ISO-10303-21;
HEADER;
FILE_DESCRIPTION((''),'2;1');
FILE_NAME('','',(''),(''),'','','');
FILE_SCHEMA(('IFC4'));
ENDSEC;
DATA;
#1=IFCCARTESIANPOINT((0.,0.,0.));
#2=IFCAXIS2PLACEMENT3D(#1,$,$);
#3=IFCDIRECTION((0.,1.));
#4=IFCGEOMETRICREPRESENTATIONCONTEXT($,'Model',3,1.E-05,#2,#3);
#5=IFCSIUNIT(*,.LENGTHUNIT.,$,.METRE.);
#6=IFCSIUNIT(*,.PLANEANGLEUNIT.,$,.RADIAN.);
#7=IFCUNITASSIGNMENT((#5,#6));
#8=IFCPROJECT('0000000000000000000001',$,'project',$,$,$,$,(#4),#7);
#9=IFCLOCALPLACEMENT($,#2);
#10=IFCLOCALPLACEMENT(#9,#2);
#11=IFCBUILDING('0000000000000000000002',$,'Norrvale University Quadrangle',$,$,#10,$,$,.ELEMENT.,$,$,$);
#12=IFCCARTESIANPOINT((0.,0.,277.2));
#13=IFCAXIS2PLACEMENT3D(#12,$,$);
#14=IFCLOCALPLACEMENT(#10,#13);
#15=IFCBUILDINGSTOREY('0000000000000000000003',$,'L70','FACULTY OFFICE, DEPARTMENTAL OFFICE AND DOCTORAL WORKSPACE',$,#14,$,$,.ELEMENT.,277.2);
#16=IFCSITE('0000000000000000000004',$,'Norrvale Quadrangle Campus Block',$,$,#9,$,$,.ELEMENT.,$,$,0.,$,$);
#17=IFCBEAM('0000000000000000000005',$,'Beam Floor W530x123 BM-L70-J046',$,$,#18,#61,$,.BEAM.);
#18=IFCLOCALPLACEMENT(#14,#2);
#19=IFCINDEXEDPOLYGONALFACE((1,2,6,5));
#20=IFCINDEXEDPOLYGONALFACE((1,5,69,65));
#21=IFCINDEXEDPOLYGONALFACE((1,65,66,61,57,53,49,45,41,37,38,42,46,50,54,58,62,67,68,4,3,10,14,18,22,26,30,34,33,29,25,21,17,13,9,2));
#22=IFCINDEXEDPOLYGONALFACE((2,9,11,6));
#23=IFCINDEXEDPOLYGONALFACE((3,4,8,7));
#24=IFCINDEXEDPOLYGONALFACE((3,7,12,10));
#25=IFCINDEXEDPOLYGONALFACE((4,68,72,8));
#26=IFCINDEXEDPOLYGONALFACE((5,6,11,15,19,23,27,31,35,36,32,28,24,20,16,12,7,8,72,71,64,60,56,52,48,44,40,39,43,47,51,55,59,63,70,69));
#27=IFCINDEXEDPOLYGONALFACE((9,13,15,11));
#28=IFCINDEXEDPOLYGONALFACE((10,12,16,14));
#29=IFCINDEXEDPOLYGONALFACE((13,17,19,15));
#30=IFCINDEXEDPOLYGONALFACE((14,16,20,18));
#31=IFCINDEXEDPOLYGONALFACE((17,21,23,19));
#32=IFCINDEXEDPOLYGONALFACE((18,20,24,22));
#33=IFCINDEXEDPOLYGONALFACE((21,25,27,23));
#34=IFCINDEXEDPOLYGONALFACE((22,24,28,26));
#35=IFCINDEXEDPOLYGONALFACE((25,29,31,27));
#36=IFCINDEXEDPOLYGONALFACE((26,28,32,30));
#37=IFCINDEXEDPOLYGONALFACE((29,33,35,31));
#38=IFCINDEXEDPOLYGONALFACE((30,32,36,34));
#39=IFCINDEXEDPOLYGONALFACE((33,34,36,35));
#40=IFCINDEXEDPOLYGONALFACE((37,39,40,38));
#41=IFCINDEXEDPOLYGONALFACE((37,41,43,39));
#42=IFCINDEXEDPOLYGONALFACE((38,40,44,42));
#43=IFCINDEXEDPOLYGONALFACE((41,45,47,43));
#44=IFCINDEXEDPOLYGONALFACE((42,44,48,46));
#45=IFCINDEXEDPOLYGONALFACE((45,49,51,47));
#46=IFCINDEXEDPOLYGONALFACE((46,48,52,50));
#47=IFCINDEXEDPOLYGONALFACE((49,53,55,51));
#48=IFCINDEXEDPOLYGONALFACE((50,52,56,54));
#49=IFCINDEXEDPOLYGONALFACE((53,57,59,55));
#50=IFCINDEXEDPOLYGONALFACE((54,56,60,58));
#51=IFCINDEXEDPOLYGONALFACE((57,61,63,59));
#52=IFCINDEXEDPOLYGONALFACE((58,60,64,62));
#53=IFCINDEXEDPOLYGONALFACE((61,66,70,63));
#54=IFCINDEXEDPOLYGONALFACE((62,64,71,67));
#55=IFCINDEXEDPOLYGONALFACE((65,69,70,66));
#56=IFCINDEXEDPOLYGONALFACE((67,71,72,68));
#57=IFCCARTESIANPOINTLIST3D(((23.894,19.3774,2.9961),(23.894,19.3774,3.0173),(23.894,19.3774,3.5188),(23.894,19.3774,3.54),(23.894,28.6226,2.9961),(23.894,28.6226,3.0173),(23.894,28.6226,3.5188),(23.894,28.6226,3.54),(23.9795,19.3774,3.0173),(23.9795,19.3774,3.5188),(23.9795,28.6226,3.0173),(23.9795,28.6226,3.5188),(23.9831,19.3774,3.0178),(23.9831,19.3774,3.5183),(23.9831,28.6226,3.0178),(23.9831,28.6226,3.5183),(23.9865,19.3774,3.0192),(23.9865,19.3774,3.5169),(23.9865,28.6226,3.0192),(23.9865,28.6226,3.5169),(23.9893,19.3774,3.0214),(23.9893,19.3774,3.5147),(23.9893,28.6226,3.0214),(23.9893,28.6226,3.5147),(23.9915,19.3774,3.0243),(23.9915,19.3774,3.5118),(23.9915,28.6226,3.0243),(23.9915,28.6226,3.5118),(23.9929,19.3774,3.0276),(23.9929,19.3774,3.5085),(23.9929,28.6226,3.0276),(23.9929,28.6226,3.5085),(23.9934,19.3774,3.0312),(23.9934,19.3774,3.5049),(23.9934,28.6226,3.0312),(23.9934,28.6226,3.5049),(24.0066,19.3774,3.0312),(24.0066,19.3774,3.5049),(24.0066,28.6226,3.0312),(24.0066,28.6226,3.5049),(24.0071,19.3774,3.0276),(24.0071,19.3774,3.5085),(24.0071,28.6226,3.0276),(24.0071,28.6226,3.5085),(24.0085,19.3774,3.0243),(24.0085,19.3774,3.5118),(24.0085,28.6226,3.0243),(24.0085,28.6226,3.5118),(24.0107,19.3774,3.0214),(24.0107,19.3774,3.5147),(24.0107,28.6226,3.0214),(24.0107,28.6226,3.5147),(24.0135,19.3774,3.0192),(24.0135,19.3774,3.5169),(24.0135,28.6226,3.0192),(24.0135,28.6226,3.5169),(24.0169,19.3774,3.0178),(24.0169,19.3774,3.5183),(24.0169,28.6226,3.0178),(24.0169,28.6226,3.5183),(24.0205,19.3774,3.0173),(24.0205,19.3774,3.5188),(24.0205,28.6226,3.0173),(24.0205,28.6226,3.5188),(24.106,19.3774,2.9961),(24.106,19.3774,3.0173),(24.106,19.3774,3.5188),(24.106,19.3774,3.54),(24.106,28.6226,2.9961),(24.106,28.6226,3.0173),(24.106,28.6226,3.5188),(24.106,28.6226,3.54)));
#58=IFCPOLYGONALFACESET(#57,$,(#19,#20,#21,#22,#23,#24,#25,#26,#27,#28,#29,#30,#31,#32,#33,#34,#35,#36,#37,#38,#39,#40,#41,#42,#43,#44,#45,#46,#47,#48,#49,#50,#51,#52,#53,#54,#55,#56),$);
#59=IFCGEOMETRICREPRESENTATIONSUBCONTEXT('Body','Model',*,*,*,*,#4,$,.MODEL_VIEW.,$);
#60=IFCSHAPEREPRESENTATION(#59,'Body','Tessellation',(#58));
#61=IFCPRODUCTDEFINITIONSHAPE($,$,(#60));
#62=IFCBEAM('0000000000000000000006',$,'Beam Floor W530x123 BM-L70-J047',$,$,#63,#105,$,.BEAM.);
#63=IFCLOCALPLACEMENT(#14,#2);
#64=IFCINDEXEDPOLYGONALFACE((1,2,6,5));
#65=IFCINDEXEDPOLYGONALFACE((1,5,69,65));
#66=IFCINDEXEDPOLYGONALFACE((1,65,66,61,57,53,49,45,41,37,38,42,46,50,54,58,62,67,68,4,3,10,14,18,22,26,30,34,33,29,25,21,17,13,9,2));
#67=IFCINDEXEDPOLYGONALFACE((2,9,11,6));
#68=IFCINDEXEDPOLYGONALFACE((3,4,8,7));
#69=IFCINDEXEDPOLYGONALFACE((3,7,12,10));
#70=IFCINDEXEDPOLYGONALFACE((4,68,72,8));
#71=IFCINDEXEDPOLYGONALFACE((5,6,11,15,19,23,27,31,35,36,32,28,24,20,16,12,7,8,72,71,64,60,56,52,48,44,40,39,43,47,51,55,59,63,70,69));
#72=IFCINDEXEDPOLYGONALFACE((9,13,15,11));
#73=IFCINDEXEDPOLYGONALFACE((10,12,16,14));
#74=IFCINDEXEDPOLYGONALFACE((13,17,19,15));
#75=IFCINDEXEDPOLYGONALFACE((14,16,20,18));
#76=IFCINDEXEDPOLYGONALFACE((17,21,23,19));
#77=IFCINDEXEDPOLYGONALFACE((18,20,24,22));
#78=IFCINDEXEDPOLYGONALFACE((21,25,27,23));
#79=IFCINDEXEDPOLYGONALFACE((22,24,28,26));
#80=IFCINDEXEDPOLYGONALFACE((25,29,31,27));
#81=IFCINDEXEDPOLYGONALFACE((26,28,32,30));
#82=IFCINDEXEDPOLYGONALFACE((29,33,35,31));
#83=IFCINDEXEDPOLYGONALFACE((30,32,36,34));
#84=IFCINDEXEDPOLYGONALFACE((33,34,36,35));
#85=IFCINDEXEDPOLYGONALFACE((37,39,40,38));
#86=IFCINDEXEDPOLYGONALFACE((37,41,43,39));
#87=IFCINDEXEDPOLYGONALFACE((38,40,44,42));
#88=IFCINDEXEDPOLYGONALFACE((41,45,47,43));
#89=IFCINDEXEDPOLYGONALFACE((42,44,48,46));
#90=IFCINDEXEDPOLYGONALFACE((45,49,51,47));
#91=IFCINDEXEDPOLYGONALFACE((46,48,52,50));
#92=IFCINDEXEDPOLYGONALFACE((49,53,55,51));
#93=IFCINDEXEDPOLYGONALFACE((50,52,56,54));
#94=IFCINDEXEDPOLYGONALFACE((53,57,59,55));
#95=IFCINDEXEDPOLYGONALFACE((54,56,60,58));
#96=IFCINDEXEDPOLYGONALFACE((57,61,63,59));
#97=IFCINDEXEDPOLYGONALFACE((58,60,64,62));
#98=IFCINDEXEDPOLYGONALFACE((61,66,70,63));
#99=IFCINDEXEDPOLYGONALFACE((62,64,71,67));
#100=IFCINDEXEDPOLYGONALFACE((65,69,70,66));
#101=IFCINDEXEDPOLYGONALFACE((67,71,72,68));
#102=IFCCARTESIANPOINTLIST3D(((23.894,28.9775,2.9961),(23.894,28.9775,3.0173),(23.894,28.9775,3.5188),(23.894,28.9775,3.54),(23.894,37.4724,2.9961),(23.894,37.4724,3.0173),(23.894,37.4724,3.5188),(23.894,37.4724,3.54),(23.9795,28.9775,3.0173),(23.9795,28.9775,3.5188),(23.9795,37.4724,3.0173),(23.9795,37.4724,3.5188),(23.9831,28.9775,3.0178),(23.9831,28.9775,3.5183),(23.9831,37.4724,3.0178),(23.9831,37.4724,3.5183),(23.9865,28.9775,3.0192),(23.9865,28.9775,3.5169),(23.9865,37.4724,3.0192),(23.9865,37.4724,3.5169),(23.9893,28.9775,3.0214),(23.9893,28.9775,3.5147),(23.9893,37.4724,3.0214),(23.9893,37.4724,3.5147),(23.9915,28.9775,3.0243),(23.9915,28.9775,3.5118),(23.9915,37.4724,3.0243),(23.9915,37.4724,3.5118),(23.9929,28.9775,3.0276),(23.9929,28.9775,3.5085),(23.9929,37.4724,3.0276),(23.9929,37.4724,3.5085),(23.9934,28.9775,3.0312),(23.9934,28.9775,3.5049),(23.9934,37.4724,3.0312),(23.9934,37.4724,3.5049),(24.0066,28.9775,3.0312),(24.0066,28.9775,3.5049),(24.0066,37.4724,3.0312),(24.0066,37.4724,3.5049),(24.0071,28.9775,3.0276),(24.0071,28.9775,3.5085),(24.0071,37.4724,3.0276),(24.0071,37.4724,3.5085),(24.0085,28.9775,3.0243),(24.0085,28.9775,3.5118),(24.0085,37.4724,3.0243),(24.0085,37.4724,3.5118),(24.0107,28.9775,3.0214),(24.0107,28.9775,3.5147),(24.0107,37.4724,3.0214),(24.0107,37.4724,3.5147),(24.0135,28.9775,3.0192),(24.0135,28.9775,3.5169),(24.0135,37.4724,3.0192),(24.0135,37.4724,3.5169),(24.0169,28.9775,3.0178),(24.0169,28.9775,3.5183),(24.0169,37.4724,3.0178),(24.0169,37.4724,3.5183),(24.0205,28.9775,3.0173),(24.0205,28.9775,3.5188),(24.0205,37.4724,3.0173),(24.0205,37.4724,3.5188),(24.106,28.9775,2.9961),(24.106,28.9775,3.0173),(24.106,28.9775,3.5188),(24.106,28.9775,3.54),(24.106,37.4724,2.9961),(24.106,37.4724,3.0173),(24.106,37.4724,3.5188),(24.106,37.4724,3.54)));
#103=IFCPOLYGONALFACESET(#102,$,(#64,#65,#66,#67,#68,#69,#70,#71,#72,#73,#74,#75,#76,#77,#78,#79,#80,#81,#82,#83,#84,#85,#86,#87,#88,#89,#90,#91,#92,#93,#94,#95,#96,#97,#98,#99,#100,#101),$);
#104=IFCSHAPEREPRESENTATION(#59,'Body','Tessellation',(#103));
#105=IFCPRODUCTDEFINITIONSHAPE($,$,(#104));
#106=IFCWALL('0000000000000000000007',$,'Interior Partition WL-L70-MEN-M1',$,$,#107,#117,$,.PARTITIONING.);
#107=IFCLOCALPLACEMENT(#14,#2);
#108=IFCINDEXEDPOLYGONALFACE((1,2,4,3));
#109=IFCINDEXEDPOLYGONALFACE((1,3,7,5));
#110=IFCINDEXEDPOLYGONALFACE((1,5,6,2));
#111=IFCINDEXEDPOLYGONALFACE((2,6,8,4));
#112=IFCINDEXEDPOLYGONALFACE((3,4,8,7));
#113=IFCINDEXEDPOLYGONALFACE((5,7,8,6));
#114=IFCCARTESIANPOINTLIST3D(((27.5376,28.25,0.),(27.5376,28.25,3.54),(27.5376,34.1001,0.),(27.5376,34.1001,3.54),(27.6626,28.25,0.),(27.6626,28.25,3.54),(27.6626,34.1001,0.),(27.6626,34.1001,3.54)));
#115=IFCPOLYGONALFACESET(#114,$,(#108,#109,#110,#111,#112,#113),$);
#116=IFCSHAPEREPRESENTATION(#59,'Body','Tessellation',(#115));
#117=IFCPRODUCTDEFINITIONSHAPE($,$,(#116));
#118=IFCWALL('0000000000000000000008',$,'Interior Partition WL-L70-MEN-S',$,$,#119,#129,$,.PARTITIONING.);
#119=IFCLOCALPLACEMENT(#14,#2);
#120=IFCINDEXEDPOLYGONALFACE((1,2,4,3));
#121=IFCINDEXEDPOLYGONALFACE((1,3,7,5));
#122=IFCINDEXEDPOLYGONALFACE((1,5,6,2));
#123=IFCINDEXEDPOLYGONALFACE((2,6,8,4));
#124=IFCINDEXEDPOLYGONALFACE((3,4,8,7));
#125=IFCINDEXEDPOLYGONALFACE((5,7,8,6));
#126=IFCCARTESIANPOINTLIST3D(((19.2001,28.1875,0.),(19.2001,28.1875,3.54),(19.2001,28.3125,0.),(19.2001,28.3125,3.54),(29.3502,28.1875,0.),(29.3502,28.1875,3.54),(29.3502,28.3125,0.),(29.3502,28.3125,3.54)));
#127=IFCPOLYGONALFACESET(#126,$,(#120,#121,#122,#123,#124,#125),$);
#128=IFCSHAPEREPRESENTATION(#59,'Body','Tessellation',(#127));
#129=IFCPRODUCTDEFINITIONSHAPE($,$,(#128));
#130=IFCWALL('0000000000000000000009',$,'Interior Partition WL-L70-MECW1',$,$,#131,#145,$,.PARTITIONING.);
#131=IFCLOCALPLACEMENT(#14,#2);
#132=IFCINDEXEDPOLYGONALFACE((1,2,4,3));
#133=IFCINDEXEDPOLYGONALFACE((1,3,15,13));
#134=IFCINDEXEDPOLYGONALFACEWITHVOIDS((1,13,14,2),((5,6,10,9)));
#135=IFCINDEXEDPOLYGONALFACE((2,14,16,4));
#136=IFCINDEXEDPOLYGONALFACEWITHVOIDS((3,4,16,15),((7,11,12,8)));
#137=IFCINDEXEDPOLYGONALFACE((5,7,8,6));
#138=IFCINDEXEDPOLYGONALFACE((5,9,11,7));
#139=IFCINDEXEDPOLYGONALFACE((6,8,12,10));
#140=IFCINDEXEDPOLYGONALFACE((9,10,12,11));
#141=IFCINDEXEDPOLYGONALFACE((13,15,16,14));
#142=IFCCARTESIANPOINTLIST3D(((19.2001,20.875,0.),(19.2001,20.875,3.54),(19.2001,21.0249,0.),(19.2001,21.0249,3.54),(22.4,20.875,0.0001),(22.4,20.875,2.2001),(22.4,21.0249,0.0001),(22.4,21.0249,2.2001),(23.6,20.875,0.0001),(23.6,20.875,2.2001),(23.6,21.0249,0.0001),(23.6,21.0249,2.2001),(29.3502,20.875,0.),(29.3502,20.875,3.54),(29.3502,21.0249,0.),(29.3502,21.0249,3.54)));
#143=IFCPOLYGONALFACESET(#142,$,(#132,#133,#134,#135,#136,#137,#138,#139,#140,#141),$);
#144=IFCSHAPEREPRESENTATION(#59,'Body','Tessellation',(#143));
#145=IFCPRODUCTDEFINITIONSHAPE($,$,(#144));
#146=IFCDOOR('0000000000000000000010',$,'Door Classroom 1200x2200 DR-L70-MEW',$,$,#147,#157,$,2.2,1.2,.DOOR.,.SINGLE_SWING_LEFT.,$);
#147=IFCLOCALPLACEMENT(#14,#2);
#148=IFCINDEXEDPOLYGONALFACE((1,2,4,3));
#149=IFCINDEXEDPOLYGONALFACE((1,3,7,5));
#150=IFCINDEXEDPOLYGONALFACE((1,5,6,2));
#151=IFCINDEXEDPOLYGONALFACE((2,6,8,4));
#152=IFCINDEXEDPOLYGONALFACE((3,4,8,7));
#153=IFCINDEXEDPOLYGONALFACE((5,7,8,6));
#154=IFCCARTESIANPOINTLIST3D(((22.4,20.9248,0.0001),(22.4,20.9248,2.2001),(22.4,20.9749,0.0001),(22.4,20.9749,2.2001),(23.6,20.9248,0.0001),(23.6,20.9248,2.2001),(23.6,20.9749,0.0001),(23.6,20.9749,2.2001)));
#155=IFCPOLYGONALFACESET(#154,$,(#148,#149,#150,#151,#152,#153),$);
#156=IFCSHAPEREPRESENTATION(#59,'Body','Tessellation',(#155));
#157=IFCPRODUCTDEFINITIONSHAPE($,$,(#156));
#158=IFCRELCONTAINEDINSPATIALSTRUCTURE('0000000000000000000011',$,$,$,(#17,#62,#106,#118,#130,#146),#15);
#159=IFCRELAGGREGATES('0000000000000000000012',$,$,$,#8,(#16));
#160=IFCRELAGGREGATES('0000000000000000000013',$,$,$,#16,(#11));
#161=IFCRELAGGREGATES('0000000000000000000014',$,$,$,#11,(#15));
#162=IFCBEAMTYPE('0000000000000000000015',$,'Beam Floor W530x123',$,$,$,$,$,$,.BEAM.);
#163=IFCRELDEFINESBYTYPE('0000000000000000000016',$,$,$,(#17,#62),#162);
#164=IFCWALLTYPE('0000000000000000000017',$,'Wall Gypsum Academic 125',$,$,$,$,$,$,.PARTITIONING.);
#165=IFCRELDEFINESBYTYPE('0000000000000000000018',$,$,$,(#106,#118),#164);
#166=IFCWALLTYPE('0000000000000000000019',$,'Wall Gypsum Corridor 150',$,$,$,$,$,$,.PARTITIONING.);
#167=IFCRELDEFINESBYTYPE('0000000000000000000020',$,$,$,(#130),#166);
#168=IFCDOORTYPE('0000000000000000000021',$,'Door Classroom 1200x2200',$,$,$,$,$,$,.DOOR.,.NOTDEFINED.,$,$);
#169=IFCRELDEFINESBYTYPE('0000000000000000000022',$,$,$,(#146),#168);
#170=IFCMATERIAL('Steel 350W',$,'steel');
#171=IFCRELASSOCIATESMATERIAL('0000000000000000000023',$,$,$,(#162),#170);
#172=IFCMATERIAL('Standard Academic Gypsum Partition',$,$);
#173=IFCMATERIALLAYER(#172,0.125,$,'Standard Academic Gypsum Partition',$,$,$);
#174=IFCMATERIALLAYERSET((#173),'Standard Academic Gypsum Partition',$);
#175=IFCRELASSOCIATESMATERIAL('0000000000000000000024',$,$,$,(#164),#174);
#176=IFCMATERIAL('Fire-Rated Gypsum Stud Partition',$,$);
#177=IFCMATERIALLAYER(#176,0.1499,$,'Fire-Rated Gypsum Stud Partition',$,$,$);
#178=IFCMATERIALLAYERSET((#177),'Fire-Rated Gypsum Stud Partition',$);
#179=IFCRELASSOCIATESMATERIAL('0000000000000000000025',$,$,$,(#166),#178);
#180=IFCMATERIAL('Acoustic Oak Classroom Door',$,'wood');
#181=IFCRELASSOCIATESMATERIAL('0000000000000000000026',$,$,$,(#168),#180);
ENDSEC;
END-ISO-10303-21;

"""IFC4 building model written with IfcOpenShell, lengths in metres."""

from ifc_helpers import new_model, si_unit, direction, frame, frame_2d, origin, origin_2d, place, context, subcontext, project, spatial, rectangle, i_section, extrude, material, layer, layer_set, material_profile, profile_set, type_object, element, fill, save


model = new_model("IFC4")

# Units and contexts
model_context = context("Model", 3, precision=1e-05, world=origin(), true_north=direction((0.0, 1.0)))
body_context = subcontext(model_context, "Body", "Model", "MODEL_VIEW")
ifc_project = project(units=[si_unit("LENGTHUNIT", "METRE"), si_unit("PLANEANGLEUNIT", "RADIAN")], contexts=[model_context])

# Site, building, storey
site_placement = place(None, origin())
site = spatial("IfcSite", under=ifc_project, at=site_placement, Name="Norrvale Quadrangle Campus Block", CompositionType="ELEMENT", RefElevation=0.0)
building_placement = place(site_placement, origin())
building = spatial("IfcBuilding", under=site, at=building_placement, Name="Norrvale University Quadrangle", CompositionType="ELEMENT")
storey_placement = place(building_placement, frame((0.0, 0.0, 277.2)))
storey = spatial("IfcBuildingStorey", under=building, at=storey_placement, Name="L70", Description="FACULTY OFFICE, DEPARTMENTAL OFFICE AND DOCTORAL WORKSPACE", CompositionType="ELEMENT", Elevation=277.2)

# Beams
ifc_material_1 = material(Name="Steel 350W", Category="steel")
ifc_material_profile_1 = material_profile(ifc_material_1, i_section(OverallWidth=0.2119, OverallDepth=0.5439, WebThickness=0.0132, FlangeThickness=0.0212, FilletRadius=0.0139, at=origin_2d()), Name="Steel 350W")
ifc_profile_set_1 = profile_set([ifc_material_profile_1], Name="Steel 350W")
beam_type_1 = type_object("IfcBeamType", Name="Beam Floor W530x123", PredefinedType="BEAM", material=ifc_profile_set_1)
beam_1_placement = place(storey_placement, frame((24.0, 19.3774, 3.2681), z_axis=(0.0, 1.0, 0.0), x_axis=(-1.0, 0.0, 0.0)))
element("IfcBeam", 1, at=beam_1_placement, inside=storey, type_object=beam_type_1, Name="Beam Floor W530x123 BM-L70-J046", PredefinedType="BEAM", context=body_context, shape_type="SweptSolid", body=[
    extrude(i_section(OverallWidth=0.2119, OverallDepth=0.5439, WebThickness=0.0132, FlangeThickness=0.0212, FilletRadius=0.0139, at=origin_2d()), origin(), (0.0, 0.0, 1.0), 9.2451),
])
beam_2_placement = place(storey_placement, frame((24.0, 28.9775, 3.2681), z_axis=(0.0, 1.0, 0.0), x_axis=(-1.0, 0.0, 0.0)))
element("IfcBeam", 2, at=beam_2_placement, inside=storey, type_object=beam_type_1, Name="Beam Floor W530x123 BM-L70-J047", PredefinedType="BEAM", context=body_context, shape_type="SweptSolid", body=[
    extrude(i_section(OverallWidth=0.2119, OverallDepth=0.5439, WebThickness=0.0132, FlangeThickness=0.0212, FilletRadius=0.0139, at=origin_2d()), origin(), (0.0, 0.0, 1.0), 8.4949),
])

# Walls
ifc_material_2 = material(Name="Standard Academic Gypsum Partition")
ifc_layer_1 = layer(ifc_material_2, 0.125, Name="Standard Academic Gypsum Partition")
ifc_layer_set_1 = layer_set([ifc_layer_1], Name="Standard Academic Gypsum Partition")
wall_type_1 = type_object("IfcWallType", Name="Wall Gypsum Academic 125", PredefinedType="PARTITIONING", material=ifc_layer_set_1)
wall_1_placement = place(storey_placement, frame((27.6001, 28.25, 0.0), z_axis=(0.0, 0.0, 1.0), x_axis=(0.0, 1.0, 0.0)))
element("IfcWall", 3, at=wall_1_placement, inside=storey, type_object=wall_type_1, Name="Interior Partition WL-L70-MEN-M1", PredefinedType="PARTITIONING", context=body_context, shape_type="SweptSolid", body=[
    extrude(rectangle(XDim=5.8501, YDim=0.125, at=frame_2d((2.925, 0.0))), origin(), (0.0, 0.0, 1.0), 3.54),
])
wall_2_placement = place(storey_placement, frame((19.2, 28.25, 0.0), z_axis=(0.0, 0.0, 1.0), x_axis=(1.0, 0.0, 0.0)))
element("IfcWall", 4, at=wall_2_placement, inside=storey, type_object=wall_type_1, Name="Interior Partition WL-L70-MEN-S", PredefinedType="PARTITIONING", context=body_context, shape_type="SweptSolid", body=[
    extrude(rectangle(XDim=10.1501, YDim=0.125, at=frame_2d((5.0752, 0.0))), origin(), (0.0, 0.0, 1.0), 3.54),
])

# Wall, opening, door
ifc_material_3 = material(Name="Fire-Rated Gypsum Stud Partition")
ifc_layer_2 = layer(ifc_material_3, 0.1499, Name="Fire-Rated Gypsum Stud Partition")
ifc_layer_set_2 = layer_set([ifc_layer_2], Name="Fire-Rated Gypsum Stud Partition")
wall_type_2 = type_object("IfcWallType", Name="Wall Gypsum Corridor 150", PredefinedType="PARTITIONING", material=ifc_layer_set_2)
wall_3_placement = place(storey_placement, frame((19.2, 20.95, 0.0), z_axis=(0.0, 0.0, 1.0), x_axis=(1.0, 0.0, 0.0)))
wall_3 = element("IfcWall", 5, at=wall_3_placement, inside=storey, type_object=wall_type_2, Name="Interior Partition WL-L70-MECW1", PredefinedType="PARTITIONING", context=body_context, shape_type="SweptSolid", body=[
    extrude(rectangle(XDim=10.1501, YDim=0.1499, at=frame_2d((5.0752, 0.0))), origin(), (0.0, 0.0, 1.0), 3.54),
])
opening_1_placement = place(wall_3_placement, frame((3.2, 0.0, 0.0)))
opening_1 = element("IfcOpeningElement", 6, at=opening_1_placement, cuts=wall_3, PredefinedType="OPENING", context=body_context, shape_type="SweptSolid", body=[
    extrude(rectangle(XDim=1.2, YDim=2.2, at=frame_2d((0.6001, 1.1001))), frame((0.0, 0.0869, 0.0), z_axis=(0.0, -1.0, 0.0), x_axis=(1.0, 0.0, 0.0)), (0.0, 0.0, 1.0), 0.1738),
])
ifc_material_4 = material(Name="Acoustic Oak Classroom Door", Category="wood")
door_type_1 = type_object("IfcDoorType", Name="Door Classroom 1200x2200", OperationType="NOTDEFINED", PredefinedType="DOOR", material=ifc_material_4)
door_1_placement = place(opening_1_placement, origin())
door_1 = element("IfcDoor", 7, at=door_1_placement, inside=storey, type_object=door_type_1, Name="Door Classroom 1200x2200 DR-L70-MEW", OperationType="SINGLE_SWING_LEFT", OverallHeight=2.2, OverallWidth=1.2, PredefinedType="DOOR", context=body_context, shape_type="SweptSolid", body=[
    extrude(rectangle(XDim=1.2, YDim=2.2, at=frame_2d((0.6001, 1.1001))), frame((0.0, 0.0249, 0.0), z_axis=(0.0, -1.0, 0.0), x_axis=(1.0, 0.0, 0.0)), (0.0, 0.0, 1.0), 0.05),
])
fill(opening_1, door_1)

save(model, "model.ifc")
